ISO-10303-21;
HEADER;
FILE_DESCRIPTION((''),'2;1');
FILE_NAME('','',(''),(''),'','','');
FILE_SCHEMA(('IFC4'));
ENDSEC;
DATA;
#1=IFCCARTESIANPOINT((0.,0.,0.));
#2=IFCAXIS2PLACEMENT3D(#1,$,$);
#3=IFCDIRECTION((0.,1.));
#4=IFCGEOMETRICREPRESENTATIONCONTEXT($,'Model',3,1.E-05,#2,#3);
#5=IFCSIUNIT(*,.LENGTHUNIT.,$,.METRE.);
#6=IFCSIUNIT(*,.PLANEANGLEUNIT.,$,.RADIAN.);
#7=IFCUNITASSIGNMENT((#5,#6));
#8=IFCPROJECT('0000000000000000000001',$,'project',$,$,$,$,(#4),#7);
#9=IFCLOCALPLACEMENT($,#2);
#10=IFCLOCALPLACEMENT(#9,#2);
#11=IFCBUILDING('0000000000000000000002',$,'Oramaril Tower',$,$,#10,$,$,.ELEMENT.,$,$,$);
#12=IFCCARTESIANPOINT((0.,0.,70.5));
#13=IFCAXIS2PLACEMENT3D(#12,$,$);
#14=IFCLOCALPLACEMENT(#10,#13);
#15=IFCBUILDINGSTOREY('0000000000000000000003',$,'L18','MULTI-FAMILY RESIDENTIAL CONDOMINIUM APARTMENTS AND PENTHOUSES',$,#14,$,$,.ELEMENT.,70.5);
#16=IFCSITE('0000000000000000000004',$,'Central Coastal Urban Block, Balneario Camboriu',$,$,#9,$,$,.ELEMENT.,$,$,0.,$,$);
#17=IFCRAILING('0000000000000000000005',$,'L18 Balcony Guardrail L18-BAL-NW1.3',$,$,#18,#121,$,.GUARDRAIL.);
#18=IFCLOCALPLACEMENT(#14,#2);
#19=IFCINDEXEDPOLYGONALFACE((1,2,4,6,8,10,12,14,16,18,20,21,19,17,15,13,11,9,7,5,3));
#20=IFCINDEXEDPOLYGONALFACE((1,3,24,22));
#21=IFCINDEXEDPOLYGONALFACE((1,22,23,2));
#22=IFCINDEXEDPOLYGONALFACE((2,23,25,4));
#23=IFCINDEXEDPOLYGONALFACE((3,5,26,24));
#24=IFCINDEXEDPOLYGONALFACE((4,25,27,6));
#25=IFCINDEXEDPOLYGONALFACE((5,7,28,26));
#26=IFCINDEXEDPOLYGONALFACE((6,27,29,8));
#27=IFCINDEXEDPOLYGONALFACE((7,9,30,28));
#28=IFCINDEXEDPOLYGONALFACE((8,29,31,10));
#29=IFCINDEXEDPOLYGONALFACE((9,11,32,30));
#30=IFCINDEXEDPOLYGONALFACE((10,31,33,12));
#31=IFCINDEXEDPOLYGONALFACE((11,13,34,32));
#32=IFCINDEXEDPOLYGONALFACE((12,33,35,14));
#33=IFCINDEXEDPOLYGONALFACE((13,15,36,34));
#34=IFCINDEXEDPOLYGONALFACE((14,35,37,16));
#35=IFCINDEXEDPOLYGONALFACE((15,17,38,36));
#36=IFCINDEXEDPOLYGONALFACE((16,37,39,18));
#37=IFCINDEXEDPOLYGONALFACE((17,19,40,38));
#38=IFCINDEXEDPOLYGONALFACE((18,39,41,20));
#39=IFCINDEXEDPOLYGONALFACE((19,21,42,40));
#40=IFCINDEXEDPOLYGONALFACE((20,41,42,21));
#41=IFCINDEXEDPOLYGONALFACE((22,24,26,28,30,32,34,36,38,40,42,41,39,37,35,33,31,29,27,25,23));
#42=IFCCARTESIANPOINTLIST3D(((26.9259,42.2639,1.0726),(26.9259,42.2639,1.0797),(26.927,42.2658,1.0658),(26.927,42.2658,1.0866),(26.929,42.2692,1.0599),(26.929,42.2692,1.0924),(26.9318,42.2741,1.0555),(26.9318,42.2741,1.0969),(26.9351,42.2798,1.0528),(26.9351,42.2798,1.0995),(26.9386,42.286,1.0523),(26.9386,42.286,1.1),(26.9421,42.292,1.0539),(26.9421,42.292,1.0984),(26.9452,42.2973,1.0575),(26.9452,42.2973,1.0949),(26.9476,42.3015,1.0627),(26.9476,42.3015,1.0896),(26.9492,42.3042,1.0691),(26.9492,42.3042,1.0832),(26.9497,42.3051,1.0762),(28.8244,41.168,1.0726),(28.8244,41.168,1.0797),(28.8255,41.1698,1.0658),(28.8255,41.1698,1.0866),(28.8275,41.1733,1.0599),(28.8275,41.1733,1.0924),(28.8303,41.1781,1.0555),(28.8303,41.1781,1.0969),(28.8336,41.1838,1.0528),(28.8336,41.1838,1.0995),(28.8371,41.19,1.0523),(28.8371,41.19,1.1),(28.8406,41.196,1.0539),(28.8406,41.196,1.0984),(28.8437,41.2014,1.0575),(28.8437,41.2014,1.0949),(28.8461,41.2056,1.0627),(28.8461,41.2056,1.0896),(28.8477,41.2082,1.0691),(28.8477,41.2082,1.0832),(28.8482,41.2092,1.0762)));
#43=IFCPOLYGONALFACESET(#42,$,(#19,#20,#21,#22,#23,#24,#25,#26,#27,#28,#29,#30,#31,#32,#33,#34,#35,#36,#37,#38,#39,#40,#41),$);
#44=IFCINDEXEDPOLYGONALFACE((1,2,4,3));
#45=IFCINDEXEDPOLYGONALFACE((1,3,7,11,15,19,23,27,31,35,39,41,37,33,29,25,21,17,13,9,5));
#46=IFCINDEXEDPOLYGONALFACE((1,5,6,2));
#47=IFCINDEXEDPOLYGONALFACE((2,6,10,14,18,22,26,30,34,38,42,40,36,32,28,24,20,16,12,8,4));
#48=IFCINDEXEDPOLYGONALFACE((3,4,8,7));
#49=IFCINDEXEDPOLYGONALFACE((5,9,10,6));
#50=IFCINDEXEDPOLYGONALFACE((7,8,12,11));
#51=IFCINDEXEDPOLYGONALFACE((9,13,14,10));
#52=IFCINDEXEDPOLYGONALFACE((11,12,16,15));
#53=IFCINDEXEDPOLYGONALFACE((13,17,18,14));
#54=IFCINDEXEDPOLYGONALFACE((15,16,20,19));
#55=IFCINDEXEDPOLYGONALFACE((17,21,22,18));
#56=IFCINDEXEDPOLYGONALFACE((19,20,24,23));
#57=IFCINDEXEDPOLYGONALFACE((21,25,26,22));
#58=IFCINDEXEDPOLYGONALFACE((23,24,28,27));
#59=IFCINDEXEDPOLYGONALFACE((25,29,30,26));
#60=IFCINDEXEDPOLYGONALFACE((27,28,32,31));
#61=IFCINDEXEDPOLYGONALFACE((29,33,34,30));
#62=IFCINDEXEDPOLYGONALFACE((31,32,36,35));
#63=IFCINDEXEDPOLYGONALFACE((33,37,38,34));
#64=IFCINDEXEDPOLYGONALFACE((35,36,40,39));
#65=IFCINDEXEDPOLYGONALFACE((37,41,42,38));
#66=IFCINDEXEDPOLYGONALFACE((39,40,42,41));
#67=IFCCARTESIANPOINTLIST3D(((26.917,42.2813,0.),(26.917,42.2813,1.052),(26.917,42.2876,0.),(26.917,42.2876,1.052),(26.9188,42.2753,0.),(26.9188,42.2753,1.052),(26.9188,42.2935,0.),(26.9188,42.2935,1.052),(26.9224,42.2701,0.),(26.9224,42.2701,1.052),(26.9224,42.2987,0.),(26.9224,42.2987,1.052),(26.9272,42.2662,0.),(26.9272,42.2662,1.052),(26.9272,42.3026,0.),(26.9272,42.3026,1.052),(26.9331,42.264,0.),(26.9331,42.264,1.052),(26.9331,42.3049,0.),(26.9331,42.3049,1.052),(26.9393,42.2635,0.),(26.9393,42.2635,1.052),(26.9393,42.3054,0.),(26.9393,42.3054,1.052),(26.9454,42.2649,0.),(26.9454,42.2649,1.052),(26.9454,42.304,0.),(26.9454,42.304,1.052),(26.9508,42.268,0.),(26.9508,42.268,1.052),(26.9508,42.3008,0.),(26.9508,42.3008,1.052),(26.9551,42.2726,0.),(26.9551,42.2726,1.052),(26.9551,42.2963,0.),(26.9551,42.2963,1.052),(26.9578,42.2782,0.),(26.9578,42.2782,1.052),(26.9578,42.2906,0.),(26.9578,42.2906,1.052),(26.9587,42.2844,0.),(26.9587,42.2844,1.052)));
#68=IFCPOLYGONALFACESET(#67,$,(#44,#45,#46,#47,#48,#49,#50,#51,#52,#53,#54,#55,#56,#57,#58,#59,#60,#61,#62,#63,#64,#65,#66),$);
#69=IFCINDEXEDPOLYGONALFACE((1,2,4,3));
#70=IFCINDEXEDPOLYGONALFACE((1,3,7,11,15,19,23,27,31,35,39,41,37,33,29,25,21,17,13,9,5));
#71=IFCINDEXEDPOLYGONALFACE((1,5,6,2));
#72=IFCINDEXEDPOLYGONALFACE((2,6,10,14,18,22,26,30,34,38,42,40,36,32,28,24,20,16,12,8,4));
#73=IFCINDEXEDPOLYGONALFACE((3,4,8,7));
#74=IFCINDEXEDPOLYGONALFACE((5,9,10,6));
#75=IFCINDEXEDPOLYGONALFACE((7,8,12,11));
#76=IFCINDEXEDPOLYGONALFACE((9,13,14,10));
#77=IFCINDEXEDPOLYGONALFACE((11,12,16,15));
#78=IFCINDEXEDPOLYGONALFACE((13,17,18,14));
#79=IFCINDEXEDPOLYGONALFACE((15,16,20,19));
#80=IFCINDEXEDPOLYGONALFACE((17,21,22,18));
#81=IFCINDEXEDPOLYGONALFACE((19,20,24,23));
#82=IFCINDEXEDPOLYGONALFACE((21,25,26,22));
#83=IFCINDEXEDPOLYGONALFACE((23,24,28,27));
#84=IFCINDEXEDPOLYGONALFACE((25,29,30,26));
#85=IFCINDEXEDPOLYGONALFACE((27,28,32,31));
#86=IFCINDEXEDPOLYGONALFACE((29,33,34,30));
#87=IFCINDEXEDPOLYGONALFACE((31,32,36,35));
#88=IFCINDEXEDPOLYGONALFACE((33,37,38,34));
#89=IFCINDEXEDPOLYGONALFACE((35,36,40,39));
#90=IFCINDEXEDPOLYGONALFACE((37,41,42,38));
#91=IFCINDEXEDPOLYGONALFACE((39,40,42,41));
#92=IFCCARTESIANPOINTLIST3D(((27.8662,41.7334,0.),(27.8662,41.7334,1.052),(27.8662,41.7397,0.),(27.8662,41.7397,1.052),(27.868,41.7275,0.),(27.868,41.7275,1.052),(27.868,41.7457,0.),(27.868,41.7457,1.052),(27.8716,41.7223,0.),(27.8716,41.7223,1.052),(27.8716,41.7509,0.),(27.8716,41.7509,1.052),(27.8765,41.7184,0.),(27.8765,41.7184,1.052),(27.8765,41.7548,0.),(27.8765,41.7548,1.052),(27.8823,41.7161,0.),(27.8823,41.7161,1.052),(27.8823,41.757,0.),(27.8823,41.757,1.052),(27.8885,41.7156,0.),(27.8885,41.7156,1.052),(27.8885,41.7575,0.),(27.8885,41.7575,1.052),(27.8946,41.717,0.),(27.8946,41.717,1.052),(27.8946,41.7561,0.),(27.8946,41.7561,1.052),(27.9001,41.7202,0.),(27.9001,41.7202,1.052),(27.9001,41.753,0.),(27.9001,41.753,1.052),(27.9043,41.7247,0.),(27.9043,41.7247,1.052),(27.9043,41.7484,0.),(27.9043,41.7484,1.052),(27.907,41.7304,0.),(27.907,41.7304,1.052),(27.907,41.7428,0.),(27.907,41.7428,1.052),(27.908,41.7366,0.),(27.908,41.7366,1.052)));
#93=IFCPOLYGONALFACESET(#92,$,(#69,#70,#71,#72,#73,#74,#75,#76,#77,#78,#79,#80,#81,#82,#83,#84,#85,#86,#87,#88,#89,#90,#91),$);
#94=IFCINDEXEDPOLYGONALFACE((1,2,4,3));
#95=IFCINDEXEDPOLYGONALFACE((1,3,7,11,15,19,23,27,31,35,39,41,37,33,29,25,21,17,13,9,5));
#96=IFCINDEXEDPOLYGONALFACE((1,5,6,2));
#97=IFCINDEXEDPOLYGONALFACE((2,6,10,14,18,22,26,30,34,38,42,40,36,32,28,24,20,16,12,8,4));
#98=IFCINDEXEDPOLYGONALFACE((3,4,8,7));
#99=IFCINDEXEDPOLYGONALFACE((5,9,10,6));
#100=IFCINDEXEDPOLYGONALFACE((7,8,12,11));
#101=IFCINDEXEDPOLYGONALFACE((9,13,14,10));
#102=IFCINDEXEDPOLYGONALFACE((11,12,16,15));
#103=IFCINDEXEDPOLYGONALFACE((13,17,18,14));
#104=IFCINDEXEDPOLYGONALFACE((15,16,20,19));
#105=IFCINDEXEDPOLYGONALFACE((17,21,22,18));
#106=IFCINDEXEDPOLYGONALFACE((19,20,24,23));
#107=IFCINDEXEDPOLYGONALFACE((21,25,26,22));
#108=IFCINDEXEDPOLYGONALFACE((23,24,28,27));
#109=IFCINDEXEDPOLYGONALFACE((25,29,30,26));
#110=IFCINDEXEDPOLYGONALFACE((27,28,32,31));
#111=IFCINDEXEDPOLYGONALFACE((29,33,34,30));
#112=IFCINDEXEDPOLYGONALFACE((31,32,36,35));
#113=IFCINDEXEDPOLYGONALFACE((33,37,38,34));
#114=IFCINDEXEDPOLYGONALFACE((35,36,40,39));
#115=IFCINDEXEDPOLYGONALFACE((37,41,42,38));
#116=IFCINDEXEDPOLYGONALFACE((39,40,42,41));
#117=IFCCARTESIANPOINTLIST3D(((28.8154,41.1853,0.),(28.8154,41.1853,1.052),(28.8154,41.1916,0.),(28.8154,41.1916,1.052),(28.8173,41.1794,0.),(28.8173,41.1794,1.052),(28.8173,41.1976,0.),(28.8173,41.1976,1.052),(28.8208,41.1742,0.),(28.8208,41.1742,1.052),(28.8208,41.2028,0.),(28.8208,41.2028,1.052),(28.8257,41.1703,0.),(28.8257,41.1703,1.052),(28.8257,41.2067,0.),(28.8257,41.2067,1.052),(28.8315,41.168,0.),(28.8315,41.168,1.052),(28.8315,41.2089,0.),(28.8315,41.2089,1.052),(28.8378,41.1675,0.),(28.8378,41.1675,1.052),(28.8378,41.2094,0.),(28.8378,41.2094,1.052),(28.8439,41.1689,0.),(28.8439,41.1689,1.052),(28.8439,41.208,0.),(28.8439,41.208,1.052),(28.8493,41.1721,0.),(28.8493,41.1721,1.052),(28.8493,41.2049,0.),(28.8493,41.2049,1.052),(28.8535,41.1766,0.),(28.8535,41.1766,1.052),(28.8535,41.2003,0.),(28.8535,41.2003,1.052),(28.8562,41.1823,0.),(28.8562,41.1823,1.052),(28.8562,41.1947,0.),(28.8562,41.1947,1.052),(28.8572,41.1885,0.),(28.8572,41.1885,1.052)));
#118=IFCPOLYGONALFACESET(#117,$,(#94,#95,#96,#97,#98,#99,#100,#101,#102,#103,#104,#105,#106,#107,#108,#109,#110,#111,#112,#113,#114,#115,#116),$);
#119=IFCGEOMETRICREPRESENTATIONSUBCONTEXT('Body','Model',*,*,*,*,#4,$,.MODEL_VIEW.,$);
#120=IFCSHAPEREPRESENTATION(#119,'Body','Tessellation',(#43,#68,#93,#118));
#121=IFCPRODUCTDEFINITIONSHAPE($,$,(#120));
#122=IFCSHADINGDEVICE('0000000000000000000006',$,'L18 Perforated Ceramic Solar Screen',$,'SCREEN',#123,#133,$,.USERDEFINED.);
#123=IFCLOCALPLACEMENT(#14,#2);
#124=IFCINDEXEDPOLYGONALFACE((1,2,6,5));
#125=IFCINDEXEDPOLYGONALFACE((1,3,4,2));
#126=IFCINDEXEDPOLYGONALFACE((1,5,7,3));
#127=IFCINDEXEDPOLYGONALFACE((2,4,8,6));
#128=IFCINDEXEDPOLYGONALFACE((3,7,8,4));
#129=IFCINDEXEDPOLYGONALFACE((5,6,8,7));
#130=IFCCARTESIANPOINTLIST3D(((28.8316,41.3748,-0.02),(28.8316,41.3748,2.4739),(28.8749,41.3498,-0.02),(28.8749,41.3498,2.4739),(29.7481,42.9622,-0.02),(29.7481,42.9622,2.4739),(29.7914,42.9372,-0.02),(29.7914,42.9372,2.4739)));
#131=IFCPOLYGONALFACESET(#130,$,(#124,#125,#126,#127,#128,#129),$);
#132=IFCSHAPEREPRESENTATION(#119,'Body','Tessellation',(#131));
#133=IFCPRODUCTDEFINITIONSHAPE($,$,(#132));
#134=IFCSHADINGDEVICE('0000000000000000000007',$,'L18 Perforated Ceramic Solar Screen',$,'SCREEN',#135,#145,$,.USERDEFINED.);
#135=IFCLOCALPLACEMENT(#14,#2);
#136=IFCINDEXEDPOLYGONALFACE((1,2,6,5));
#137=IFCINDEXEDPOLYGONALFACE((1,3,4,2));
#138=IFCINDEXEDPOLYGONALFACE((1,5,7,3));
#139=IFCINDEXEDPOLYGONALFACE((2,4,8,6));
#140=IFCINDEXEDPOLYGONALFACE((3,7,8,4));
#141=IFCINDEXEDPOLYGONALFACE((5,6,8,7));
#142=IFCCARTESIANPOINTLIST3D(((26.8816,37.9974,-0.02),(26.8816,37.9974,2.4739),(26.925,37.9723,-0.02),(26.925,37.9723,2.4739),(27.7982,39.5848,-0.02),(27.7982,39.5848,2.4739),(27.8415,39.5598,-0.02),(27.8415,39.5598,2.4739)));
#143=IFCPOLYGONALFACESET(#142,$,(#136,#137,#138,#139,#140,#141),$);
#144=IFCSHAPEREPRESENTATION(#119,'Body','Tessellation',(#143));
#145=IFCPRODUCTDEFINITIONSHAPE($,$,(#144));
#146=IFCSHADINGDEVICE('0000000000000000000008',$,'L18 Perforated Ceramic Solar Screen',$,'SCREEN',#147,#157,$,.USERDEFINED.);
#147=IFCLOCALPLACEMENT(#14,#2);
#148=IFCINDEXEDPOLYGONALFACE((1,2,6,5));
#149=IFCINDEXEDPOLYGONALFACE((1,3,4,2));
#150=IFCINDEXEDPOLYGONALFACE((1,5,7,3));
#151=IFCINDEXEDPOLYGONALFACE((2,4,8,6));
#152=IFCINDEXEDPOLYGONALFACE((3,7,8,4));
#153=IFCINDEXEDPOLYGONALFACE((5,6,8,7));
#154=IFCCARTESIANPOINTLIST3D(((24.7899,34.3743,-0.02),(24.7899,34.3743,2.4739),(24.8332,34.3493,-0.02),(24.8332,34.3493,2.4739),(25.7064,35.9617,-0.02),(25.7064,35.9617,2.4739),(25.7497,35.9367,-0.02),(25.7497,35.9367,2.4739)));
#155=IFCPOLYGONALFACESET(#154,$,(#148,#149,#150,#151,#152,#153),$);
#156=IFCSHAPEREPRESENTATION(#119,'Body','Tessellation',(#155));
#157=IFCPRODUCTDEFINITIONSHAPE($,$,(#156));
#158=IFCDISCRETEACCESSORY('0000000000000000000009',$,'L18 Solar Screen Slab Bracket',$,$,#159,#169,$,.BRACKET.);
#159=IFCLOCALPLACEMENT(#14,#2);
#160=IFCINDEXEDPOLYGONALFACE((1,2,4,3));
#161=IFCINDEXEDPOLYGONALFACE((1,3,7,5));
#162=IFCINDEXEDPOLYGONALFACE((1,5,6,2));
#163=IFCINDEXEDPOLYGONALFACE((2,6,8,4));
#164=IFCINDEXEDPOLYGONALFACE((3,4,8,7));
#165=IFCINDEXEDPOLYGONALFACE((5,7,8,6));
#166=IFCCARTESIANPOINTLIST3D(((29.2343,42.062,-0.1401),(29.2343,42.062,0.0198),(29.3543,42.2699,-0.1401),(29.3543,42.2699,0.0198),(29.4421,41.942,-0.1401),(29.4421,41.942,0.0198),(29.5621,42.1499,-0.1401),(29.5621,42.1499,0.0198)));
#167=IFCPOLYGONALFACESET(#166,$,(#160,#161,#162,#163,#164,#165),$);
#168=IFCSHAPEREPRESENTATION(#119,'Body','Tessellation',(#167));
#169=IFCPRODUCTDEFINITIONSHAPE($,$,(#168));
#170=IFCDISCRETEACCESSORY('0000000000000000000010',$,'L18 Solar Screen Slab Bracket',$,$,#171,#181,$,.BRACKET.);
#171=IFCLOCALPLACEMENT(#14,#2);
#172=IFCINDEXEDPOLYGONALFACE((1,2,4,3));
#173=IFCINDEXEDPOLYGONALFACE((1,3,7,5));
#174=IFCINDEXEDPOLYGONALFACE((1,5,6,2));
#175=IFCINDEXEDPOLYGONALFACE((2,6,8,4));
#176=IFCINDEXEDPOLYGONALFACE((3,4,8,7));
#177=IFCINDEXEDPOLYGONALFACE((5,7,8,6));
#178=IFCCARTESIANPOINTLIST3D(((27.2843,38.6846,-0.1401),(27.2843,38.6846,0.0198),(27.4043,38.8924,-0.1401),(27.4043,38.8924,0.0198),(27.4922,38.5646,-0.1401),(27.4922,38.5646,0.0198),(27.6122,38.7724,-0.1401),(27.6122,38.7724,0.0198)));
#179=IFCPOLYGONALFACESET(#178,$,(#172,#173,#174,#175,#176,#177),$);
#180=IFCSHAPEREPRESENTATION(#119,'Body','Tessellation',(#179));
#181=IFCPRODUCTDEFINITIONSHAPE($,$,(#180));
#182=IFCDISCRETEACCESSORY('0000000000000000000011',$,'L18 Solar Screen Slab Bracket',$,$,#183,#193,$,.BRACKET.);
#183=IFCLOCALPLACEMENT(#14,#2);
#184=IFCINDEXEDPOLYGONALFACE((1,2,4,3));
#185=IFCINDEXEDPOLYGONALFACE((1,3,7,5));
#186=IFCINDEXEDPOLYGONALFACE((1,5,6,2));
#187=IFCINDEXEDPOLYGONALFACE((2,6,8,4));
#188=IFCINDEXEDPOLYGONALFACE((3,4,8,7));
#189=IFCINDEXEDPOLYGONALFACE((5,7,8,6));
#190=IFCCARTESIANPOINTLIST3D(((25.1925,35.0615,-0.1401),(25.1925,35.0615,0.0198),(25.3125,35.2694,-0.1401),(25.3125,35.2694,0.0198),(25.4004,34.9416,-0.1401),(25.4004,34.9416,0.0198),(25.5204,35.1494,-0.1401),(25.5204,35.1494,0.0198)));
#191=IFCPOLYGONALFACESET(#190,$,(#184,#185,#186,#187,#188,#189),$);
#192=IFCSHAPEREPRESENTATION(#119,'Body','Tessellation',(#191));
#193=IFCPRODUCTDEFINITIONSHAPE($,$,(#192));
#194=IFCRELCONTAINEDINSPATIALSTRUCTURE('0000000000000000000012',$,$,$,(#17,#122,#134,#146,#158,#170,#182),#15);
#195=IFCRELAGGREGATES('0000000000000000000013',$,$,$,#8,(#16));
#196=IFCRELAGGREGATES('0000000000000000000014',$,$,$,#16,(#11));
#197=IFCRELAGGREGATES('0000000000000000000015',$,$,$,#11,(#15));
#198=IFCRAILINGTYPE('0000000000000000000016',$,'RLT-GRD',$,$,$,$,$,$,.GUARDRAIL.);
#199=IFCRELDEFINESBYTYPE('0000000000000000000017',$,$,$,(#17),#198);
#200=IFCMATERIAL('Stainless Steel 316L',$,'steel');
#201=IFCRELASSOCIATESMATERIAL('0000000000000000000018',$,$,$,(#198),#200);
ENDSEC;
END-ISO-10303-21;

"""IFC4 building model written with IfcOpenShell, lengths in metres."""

from ifc_helpers import new_model, si_unit, direction, frame, origin, origin_2d, place, context, subcontext, project, spatial, rectangle, circle, extrude, material, type_object, element, save


model = new_model("IFC4")

# Units and contexts
model_context = context("Model", 3, precision=1e-05, world=origin(), true_north=direction((0.0, 1.0)))
body_context = subcontext(model_context, "Body", "Model", "MODEL_VIEW")
ifc_project = project(units=[si_unit("LENGTHUNIT", "METRE"), si_unit("PLANEANGLEUNIT", "RADIAN")], contexts=[model_context])

# Site, building, storey
site_placement = place(None, origin())
site = spatial("IfcSite", under=ifc_project, at=site_placement, Name="Central Coastal Urban Block, Balneario Camboriu", CompositionType="ELEMENT", RefElevation=0.0)
building_placement = place(site_placement, origin())
building = spatial("IfcBuilding", under=site, at=building_placement, Name="Oramaril Tower", CompositionType="ELEMENT")
storey_placement = place(building_placement, frame((0.0, 0.0, 70.5)))
storey = spatial("IfcBuildingStorey", under=building, at=storey_placement, Name="L18", Description="MULTI-FAMILY RESIDENTIAL CONDOMINIUM APARTMENTS AND PENTHOUSES", CompositionType="ELEMENT", Elevation=70.5)

# Railing
ifc_material_1 = material(Name="Stainless Steel 316L", Category="steel")
railing_type = type_object("IfcRailingType", Name="RLT-GRD", PredefinedType="GUARDRAIL", material=ifc_material_1)
railing_1_placement = place(storey_placement, frame((26.9377, 42.2844, 0.0)))
element("IfcRailing", 1, at=railing_1_placement, inside=storey, type_object=railing_type, Name="L18 Balcony Guardrail L18-BAL-NW1.3", PredefinedType="GUARDRAIL", context=body_context, shape_type="SweptSolid", body=[
    extrude(circle(Radius=0.0239, at=origin_2d()), frame((0.0, 0.0, 1.0762), z_axis=(0.866048, -0.49996, 0.0), x_axis=(0.49996, 0.866048, 0.0)), (0.0, 0.0, 1.0), 2.1921),
    extrude(circle(Radius=0.021, at=origin_2d()), origin(), (0.0, 0.0, 1.0), 1.052),
    extrude(circle(Radius=0.021, at=origin_2d()), frame((0.9492, -0.5479, 0.0)), (0.0, 0.0, 1.0), 1.052),
    extrude(circle(Radius=0.021, at=origin_2d()), frame((1.8984, -1.0959, 0.0)), (0.0, 0.0, 1.0), 1.052),
])

# Shading devices
for number, where, z_axis, x_axis, name in (
    (2, (29.3115, 42.156, -0.02), (0.0, 0.0, 1.0), (-0.499998, -0.866026, 0.0), "L18 Perforated Ceramic Solar Screen"),
    (3, (27.3616, 38.7786, -0.02), (0.0, 0.0, 1.0), (-0.499998, -0.866026, 0.0), "L18 Perforated Ceramic Solar Screen"),
    (4, (25.2698, 35.1555, -0.02), (0.0, 0.0, 1.0), (-0.499998, -0.866026, 0.0), "L18 Perforated Ceramic Solar Screen"),
):
    element("IfcShadingDevice", number, at=place(storey_placement, frame(where, z_axis=z_axis, x_axis=x_axis)), inside=storey, Name=name, ObjectType="SCREEN", PredefinedType="USERDEFINED", context=body_context, shape_type="SweptSolid", body=[
        extrude(rectangle(XDim=1.833, YDim=0.05, at=origin_2d()), origin(), (0.0, 0.0, 1.0), 2.4939),
    ])

# Discrete accessories
for number, where, z_axis, x_axis, name in (
    (5, (29.3982, 42.106, -0.1401), (0.0, 0.0, 1.0), (-0.499998, -0.866026, 0.0), "L18 Solar Screen Slab Bracket"),
    (6, (27.4482, 38.7285, -0.1401), (0.0, 0.0, 1.0), (-0.499998, -0.866026, 0.0), "L18 Solar Screen Slab Bracket"),
    (7, (25.3564, 35.1055, -0.1401), (0.0, 0.0, 1.0), (-0.499998, -0.866026, 0.0), "L18 Solar Screen Slab Bracket"),
):
    element("IfcDiscreteAccessory", number, at=place(storey_placement, frame(where, z_axis=z_axis, x_axis=x_axis)), inside=storey, Name=name, PredefinedType="BRACKET", context=body_context, shape_type="SweptSolid", body=[
        extrude(rectangle(XDim=0.24, YDim=0.24, at=origin_2d()), origin(), (0.0, 0.0, 1.0), 0.1599),
    ])

save(model, "model.ifc")
